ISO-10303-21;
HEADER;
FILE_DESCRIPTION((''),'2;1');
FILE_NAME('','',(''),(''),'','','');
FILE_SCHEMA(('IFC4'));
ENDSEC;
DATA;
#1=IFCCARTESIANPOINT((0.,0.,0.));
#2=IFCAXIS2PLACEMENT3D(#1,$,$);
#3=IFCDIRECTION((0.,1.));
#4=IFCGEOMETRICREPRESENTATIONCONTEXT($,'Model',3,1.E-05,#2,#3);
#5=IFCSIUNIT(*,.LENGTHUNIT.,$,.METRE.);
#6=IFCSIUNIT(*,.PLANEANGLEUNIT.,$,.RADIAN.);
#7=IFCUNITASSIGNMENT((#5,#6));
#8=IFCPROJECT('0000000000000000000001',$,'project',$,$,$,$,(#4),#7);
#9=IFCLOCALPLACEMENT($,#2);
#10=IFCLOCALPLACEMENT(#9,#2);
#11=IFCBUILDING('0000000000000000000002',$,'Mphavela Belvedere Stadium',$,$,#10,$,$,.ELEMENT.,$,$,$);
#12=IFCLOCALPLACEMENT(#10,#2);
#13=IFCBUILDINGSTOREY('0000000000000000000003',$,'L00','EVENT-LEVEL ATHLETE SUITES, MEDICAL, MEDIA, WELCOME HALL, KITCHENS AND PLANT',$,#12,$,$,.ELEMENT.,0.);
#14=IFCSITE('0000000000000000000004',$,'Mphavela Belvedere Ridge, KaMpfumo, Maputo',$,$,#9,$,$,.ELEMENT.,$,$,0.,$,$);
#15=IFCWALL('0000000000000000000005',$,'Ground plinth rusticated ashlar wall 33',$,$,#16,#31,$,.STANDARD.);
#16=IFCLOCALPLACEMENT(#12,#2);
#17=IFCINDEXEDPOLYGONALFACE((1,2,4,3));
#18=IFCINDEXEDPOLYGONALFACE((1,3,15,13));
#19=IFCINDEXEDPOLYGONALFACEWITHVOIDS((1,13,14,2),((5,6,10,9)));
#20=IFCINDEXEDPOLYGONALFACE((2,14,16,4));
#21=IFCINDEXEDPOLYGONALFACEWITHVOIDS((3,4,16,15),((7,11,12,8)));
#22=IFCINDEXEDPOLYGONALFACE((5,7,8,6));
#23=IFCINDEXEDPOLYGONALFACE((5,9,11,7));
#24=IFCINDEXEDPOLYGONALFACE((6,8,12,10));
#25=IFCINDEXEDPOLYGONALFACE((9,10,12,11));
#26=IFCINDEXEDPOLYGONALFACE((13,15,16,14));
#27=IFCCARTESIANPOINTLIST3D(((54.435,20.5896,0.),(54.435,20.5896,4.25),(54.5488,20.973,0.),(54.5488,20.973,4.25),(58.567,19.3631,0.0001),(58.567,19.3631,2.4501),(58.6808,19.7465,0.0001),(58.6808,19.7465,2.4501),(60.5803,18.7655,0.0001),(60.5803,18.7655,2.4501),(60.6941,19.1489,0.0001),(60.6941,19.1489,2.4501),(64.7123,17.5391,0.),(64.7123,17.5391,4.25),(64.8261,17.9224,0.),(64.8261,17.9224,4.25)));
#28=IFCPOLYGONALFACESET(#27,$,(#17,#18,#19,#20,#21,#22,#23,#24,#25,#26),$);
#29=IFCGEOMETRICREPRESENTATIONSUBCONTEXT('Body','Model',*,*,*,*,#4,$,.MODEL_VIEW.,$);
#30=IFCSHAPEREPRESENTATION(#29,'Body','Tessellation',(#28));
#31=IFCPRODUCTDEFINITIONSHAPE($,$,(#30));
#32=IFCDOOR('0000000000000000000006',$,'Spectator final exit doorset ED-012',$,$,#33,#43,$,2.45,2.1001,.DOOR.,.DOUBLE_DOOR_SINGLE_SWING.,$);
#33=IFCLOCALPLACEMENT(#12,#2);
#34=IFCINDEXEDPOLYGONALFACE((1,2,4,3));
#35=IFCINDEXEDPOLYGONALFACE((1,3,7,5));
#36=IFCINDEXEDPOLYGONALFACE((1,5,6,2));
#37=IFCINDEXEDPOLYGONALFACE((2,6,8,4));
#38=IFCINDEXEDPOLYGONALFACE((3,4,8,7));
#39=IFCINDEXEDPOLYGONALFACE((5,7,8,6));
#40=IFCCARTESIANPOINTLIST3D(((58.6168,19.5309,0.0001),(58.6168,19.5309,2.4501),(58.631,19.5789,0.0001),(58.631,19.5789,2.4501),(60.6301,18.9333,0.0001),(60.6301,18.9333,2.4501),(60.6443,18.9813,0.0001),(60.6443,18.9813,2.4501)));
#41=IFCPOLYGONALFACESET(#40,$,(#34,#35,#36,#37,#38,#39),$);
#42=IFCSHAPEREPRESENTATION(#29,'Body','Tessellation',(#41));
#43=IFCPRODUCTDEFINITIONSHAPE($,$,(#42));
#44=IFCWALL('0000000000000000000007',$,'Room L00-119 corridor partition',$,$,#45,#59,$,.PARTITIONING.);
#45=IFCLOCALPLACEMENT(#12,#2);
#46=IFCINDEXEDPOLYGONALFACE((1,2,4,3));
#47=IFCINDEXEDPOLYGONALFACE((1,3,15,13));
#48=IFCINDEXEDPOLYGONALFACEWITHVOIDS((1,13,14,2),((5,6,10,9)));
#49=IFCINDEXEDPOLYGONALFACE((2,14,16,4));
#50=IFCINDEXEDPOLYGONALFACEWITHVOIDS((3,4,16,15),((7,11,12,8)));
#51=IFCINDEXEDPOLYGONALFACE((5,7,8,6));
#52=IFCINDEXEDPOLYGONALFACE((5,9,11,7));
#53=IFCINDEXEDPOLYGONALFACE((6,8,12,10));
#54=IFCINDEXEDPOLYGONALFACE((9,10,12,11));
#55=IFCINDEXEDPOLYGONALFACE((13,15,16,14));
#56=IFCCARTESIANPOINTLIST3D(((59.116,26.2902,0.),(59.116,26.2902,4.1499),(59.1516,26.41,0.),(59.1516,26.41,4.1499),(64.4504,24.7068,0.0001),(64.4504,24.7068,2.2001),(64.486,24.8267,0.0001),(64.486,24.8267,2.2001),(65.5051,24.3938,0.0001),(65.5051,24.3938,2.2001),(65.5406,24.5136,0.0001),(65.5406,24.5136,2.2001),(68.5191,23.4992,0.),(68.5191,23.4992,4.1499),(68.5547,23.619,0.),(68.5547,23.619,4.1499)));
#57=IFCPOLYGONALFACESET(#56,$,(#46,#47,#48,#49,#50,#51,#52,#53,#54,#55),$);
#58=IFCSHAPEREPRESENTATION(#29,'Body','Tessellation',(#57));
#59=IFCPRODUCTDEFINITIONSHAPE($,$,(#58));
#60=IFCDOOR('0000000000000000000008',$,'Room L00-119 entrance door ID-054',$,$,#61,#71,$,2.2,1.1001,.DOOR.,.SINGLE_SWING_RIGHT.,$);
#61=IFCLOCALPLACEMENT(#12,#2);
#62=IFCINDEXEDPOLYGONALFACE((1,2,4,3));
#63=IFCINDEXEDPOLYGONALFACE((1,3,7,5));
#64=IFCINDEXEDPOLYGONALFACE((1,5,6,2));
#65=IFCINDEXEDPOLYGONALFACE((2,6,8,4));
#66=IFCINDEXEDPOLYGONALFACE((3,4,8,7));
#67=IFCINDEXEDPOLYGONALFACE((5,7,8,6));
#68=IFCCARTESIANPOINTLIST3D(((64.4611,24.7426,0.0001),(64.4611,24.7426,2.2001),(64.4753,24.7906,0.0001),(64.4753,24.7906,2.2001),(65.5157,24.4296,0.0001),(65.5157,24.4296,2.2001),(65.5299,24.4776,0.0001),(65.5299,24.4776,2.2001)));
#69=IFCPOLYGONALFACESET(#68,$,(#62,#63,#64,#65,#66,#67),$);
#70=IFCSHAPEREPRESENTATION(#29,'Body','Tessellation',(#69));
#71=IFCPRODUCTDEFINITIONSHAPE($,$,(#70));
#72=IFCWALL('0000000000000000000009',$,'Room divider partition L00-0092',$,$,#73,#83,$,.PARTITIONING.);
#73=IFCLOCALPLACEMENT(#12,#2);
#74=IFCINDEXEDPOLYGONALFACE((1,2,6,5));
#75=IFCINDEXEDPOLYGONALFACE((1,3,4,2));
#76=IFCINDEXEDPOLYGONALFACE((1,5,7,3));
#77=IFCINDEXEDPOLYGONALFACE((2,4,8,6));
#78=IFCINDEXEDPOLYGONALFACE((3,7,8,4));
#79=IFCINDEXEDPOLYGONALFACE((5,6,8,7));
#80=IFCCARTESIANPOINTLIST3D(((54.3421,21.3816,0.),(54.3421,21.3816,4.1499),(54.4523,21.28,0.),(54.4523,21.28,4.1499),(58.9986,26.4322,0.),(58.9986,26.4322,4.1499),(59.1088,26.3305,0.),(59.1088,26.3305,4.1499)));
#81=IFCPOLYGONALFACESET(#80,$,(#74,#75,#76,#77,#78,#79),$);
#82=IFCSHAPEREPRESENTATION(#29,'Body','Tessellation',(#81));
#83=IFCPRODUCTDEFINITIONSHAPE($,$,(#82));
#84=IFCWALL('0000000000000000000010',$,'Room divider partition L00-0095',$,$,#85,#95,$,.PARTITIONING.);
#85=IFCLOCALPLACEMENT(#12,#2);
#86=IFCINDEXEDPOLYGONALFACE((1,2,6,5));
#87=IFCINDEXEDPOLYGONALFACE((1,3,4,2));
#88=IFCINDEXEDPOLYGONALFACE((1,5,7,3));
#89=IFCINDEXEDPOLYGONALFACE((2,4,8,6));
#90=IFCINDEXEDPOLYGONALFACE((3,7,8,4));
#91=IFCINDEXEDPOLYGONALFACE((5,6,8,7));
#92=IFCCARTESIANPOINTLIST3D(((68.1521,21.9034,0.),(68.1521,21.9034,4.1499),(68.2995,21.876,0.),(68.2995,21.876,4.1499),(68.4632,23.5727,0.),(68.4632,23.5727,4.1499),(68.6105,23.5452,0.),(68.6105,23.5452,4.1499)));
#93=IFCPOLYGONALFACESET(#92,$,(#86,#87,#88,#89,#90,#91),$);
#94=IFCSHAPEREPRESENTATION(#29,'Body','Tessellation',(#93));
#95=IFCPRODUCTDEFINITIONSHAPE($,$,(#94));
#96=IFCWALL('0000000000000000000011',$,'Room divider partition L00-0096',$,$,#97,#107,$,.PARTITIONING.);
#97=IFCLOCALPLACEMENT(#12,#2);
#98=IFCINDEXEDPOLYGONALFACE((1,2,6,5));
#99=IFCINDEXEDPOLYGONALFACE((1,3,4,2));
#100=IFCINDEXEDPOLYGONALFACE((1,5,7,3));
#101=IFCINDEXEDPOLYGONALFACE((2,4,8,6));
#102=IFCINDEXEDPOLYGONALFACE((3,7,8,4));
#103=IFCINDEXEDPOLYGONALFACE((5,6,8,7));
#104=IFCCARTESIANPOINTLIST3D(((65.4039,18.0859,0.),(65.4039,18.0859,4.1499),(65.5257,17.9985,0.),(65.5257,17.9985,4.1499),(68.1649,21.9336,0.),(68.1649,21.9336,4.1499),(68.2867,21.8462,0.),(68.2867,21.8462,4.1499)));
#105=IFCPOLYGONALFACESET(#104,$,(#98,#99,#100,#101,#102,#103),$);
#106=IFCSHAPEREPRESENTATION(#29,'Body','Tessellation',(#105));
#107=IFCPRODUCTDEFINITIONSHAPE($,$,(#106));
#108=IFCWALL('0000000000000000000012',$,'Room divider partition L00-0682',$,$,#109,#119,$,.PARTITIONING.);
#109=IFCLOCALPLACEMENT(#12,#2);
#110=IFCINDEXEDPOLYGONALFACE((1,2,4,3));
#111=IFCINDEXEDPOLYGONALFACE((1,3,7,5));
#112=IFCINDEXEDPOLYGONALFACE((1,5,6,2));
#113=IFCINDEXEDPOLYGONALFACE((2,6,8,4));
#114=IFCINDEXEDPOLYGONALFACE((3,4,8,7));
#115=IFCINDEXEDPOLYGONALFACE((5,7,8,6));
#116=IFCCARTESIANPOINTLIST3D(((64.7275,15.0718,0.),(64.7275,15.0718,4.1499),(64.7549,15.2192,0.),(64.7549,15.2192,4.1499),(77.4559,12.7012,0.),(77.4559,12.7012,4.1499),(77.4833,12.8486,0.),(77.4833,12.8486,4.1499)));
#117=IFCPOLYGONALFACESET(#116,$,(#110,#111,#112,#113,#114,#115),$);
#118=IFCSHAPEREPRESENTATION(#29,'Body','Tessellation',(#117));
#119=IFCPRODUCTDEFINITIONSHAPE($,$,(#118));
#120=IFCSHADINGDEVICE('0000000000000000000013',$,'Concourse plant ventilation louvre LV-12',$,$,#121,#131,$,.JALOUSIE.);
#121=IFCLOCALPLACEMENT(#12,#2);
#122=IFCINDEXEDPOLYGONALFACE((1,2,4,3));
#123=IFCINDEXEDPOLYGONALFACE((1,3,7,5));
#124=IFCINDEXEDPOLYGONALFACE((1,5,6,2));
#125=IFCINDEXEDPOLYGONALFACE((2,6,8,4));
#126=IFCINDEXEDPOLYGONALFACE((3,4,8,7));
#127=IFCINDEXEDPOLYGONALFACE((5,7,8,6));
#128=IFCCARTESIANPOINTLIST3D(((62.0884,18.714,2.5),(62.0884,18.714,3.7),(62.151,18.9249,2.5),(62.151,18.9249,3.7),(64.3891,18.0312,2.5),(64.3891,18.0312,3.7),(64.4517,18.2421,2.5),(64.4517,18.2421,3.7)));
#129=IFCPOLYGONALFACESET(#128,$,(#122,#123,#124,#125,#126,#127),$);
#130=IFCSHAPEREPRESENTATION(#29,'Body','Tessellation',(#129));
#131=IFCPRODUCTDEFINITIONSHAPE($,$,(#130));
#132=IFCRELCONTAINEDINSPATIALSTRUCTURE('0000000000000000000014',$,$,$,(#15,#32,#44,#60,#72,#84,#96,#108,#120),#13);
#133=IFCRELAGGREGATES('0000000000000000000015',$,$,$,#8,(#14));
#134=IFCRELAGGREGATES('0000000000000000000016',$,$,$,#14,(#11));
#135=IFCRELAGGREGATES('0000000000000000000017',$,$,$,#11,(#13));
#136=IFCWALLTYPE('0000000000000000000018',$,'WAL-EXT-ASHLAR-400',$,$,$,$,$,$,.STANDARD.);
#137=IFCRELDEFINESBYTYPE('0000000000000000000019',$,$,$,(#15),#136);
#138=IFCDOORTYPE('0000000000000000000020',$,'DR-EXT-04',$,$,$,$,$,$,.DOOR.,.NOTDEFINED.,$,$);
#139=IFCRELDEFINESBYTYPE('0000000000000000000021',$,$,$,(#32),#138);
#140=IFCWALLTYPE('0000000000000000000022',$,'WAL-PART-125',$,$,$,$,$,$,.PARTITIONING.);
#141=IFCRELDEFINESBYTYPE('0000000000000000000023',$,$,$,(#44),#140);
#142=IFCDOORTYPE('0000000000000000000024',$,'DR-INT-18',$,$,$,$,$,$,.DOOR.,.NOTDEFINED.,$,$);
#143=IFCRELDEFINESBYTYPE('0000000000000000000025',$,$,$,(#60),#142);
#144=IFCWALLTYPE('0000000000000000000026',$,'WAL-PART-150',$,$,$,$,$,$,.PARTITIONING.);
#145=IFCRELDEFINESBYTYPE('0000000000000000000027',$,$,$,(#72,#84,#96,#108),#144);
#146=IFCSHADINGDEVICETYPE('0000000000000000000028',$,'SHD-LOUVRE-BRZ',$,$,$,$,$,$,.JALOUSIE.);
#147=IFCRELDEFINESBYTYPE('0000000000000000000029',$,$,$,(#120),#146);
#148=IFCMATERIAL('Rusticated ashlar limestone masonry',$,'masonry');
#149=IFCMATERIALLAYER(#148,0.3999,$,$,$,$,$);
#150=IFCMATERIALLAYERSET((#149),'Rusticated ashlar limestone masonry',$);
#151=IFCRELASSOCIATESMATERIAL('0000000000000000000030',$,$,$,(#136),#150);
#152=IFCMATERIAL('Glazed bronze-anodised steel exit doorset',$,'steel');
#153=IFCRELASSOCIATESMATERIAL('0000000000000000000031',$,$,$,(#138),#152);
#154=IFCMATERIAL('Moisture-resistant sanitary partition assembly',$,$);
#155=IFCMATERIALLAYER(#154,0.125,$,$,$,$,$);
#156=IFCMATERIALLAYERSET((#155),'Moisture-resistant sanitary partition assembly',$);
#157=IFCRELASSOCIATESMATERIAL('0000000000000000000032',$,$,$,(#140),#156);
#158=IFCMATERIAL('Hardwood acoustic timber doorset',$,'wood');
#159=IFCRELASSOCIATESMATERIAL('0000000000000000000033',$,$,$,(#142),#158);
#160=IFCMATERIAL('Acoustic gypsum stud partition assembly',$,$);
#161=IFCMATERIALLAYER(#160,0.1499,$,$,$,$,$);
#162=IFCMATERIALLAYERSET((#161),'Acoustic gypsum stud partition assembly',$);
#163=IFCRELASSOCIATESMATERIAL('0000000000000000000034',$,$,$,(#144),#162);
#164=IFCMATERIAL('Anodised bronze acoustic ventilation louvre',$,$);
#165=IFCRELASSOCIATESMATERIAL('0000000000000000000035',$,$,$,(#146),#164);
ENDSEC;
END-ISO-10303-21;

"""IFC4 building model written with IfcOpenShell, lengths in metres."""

from ifc_helpers import new_model, si_unit, direction, frame, frame_2d, origin, origin_2d, place, context, subcontext, project, spatial, rectangle, extrude, material, layer, layer_set, type_object, element, fill, save


model = new_model("IFC4")

# Units and contexts
model_context = context("Model", 3, precision=1e-05, world=origin(), true_north=direction((0.0, 1.0)))
body_context = subcontext(model_context, "Body", "Model", "MODEL_VIEW")
ifc_project = project(units=[si_unit("LENGTHUNIT", "METRE"), si_unit("PLANEANGLEUNIT", "RADIAN")], contexts=[model_context])

# Site, building, storey
site_placement = place(None, origin())
site = spatial("IfcSite", under=ifc_project, at=site_placement, Name="Mphavela Belvedere Ridge, KaMpfumo, Maputo", CompositionType="ELEMENT", RefElevation=0.0)
building_placement = place(site_placement, origin())
building = spatial("IfcBuilding", under=site, at=building_placement, Name="Mphavela Belvedere Stadium", CompositionType="ELEMENT")
storey_placement = place(building_placement, origin())
storey = spatial("IfcBuildingStorey", under=building, at=storey_placement, Name="L00", Description="EVENT-LEVEL ATHLETE SUITES, MEDICAL, MEDIA, WELCOME HALL, KITCHENS AND PLANT", CompositionType="ELEMENT", Elevation=0.0)

# Walls, openings, doors
ifc_material_1 = material(Name="Rusticated ashlar limestone masonry", Category="masonry")
ifc_layer_1 = layer(ifc_material_1, 0.3999)
ifc_layer_set_1 = layer_set([ifc_layer_1], Name="Rusticated ashlar limestone masonry")
wall_type_1 = type_object("IfcWallType", Name="WAL-EXT-ASHLAR-400", PredefinedType="STANDARD", material=ifc_layer_set_1)
wall_1_placement = place(storey_placement, frame((64.7693, 17.7307, 0.0), z_axis=(0.0, 0.0, 1.0), x_axis=(-0.958661, 0.284551, 0.0)))
wall_1 = element("IfcWall", 1, at=wall_1_placement, inside=storey, type_object=wall_type_1, Name="Ground plinth rusticated ashlar wall 33", PredefinedType="STANDARD", context=body_context, shape_type="SweptSolid", body=[
    extrude(rectangle(XDim=10.7205, YDim=0.3999, at=frame_2d((5.3604, 0.0))), origin(), (0.0, 0.0, 1.0), 4.25),
])
opening_1_placement = place(wall_1_placement, frame((4.3103, 0.0, 0.0)))
opening_1 = element("IfcOpeningElement", 2, at=opening_1_placement, cuts=wall_1, PredefinedType="OPENING", context=body_context, shape_type="SweptSolid", body=[
    extrude(rectangle(XDim=2.1001, YDim=2.45, at=frame_2d((1.05, 1.2251))), frame((0.0, 0.21, 0.0), z_axis=(0.0, -1.0, 0.0), x_axis=(1.0, 0.0, 0.0)), (0.0, 0.0, 1.0), 0.4199),
])
ifc_material_2 = material(Name="Glazed bronze-anodised steel exit doorset", Category="steel")
door_type_1 = type_object("IfcDoorType", Name="DR-EXT-04", OperationType="NOTDEFINED", PredefinedType="DOOR", material=ifc_material_2)
door_1_placement = place(opening_1_placement, origin())
door_1 = element("IfcDoor", 3, at=door_1_placement, inside=storey, type_object=door_type_1, Name="Spectator final exit doorset ED-012", OperationType="DOUBLE_DOOR_SINGLE_SWING", OverallHeight=2.45, OverallWidth=2.1001, PredefinedType="DOOR", context=body_context, shape_type="SweptSolid", body=[
    extrude(rectangle(XDim=2.1001, YDim=2.45, at=frame_2d((1.05, 1.2251))), frame((0.0, 0.0249, 0.0), z_axis=(0.0, -1.0, 0.0), x_axis=(1.0, 0.0, 0.0)), (0.0, 0.0, 1.0), 0.05),
])
fill(opening_1, door_1)
ifc_material_3 = material(Name="Moisture-resistant sanitary partition assembly")
ifc_layer_2 = layer(ifc_material_3, 0.125)
ifc_layer_set_2 = layer_set([ifc_layer_2], Name="Moisture-resistant sanitary partition assembly")
wall_type_2 = type_object("IfcWallType", Name="WAL-PART-125", PredefinedType="PARTITIONING", material=ifc_layer_set_2)
wall_2_placement = place(storey_placement, frame((59.1338, 26.3501, 0.0), z_axis=(0.0, 0.0, 1.0), x_axis=(0.958661, -0.284549, 0.0)))
wall_2 = element("IfcWall", 4, at=wall_2_placement, inside=storey, type_object=wall_type_2, Name="Room L00-119 corridor partition", PredefinedType="PARTITIONING", context=body_context, shape_type="SweptSolid", body=[
    extrude(rectangle(XDim=9.8086, YDim=0.125, at=frame_2d((4.9043, 0.0))), origin(), (0.0, 0.0, 1.0), 4.1499),
])
opening_2_placement = place(wall_2_placement, frame((5.5645, 0.0, 0.0)))
opening_2 = element("IfcOpeningElement", 5, at=opening_2_placement, cuts=wall_2, PredefinedType="OPENING", context=body_context, shape_type="SweptSolid", body=[
    extrude(rectangle(XDim=1.1001, YDim=2.2, at=frame_2d((0.55, 1.1001))), frame((0.0, 0.0725, 0.0), z_axis=(0.0, -1.0, 0.0), x_axis=(1.0, 0.0, 0.0)), (0.0, 0.0, 1.0), 0.145),
])
ifc_material_4 = material(Name="Hardwood acoustic timber doorset", Category="wood")
door_type_2 = type_object("IfcDoorType", Name="DR-INT-18", OperationType="NOTDEFINED", PredefinedType="DOOR", material=ifc_material_4)
door_2_placement = place(opening_2_placement, origin())
door_2 = element("IfcDoor", 6, at=door_2_placement, inside=storey, type_object=door_type_2, Name="Room L00-119 entrance door ID-054", OperationType="SINGLE_SWING_RIGHT", OverallHeight=2.2, OverallWidth=1.1001, PredefinedType="DOOR", context=body_context, shape_type="SweptSolid", body=[
    extrude(rectangle(XDim=1.1001, YDim=2.2, at=frame_2d((0.55, 1.1001))), frame((0.0, 0.0249, 0.0), z_axis=(0.0, -1.0, 0.0), x_axis=(1.0, 0.0, 0.0)), (0.0, 0.0, 1.0), 0.05),
])
fill(opening_2, door_2)

# Walls
ifc_material_5 = material(Name="Acoustic gypsum stud partition assembly")
ifc_layer_3 = layer(ifc_material_5, 0.1499)
ifc_layer_set_3 = layer_set([ifc_layer_3], Name="Acoustic gypsum stud partition assembly")
wall_type_3 = type_object("IfcWallType", Name="WAL-PART-150", PredefinedType="PARTITIONING", material=ifc_layer_set_3)
wall_3_placement = place(storey_placement, frame((59.0537, 26.3813, 0.0), z_axis=(0.0, 0.0, 1.0), x_axis=(-0.677845, -0.735205, 0.0)))
element("IfcWall", 7, at=wall_3_placement, inside=storey, type_object=wall_type_3, Name="Room divider partition L00-0092", PredefinedType="PARTITIONING", context=body_context, shape_type="SweptSolid", body=[
    extrude(rectangle(XDim=6.8696, YDim=0.1499, at=frame_2d((3.4348, 0.0))), origin(), (0.0, 0.0, 1.0), 4.1499),
])
wall_4_placement = place(storey_placement, frame((68.5369, 23.5591, 0.0), z_axis=(0.0, 0.0, 1.0), x_axis=(-0.183186, -0.983078, 0.0)))
element("IfcWall", 8, at=wall_4_placement, inside=storey, type_object=wall_type_3, Name="Room divider partition L00-0095", PredefinedType="PARTITIONING", context=body_context, shape_type="SweptSolid", body=[
    extrude(rectangle(XDim=1.698, YDim=0.1499, at=frame_2d((0.8491, 0.0))), origin(), (0.0, 0.0, 1.0), 4.1499),
])
wall_5_placement = place(storey_placement, frame((68.2258, 21.8899, 0.0), z_axis=(0.0, 0.0, 1.0), x_axis=(-0.583007, -0.812467, 0.0)))
element("IfcWall", 9, at=wall_5_placement, inside=storey, type_object=wall_type_3, Name="Room divider partition L00-0096", PredefinedType="PARTITIONING", context=body_context, shape_type="SweptSolid", body=[
    extrude(rectangle(XDim=4.7358, YDim=0.1499, at=frame_2d((2.3679, 0.0))), origin(), (0.0, 0.0, 1.0), 4.1499),
])
wall_6_placement = place(storey_placement, frame((64.7412, 15.1455, 0.0), z_axis=(0.0, 0.0, 1.0), x_axis=(0.983095, -0.183099, 0.0)))
element("IfcWall", 10, at=wall_6_placement, inside=storey, type_object=wall_type_3, Name="Room divider partition L00-0682", PredefinedType="PARTITIONING", context=body_context, shape_type="SweptSolid", body=[
    extrude(rectangle(XDim=12.9473, YDim=0.1499, at=frame_2d((6.4736, 0.0))), origin(), (0.0, 0.0, 1.0), 4.1499),
])

# Shading device
ifc_material_6 = material(Name="Anodised bronze acoustic ventilation louvre")
shading_device_type = type_object("IfcShadingDeviceType", Name="SHD-LOUVRE-BRZ", PredefinedType="JALOUSIE", material=ifc_material_6)
shading_device_placement = place(storey_placement, frame((63.27, 18.478, 2.5), z_axis=(0.0, 0.0, 1.0), x_axis=(-0.958671, 0.284517, 0.0)))
element("IfcShadingDevice", 11, at=shading_device_placement, inside=storey, type_object=shading_device_type, Name="Concourse plant ventilation louvre LV-12", PredefinedType="JALOUSIE", context=body_context, shape_type="SweptSolid", body=[
    extrude(rectangle(XDim=2.3999, YDim=0.22, at=origin_2d()), origin(), (0.0, 0.0, 1.0), 1.2),
])

save(model, "model.ifc")
